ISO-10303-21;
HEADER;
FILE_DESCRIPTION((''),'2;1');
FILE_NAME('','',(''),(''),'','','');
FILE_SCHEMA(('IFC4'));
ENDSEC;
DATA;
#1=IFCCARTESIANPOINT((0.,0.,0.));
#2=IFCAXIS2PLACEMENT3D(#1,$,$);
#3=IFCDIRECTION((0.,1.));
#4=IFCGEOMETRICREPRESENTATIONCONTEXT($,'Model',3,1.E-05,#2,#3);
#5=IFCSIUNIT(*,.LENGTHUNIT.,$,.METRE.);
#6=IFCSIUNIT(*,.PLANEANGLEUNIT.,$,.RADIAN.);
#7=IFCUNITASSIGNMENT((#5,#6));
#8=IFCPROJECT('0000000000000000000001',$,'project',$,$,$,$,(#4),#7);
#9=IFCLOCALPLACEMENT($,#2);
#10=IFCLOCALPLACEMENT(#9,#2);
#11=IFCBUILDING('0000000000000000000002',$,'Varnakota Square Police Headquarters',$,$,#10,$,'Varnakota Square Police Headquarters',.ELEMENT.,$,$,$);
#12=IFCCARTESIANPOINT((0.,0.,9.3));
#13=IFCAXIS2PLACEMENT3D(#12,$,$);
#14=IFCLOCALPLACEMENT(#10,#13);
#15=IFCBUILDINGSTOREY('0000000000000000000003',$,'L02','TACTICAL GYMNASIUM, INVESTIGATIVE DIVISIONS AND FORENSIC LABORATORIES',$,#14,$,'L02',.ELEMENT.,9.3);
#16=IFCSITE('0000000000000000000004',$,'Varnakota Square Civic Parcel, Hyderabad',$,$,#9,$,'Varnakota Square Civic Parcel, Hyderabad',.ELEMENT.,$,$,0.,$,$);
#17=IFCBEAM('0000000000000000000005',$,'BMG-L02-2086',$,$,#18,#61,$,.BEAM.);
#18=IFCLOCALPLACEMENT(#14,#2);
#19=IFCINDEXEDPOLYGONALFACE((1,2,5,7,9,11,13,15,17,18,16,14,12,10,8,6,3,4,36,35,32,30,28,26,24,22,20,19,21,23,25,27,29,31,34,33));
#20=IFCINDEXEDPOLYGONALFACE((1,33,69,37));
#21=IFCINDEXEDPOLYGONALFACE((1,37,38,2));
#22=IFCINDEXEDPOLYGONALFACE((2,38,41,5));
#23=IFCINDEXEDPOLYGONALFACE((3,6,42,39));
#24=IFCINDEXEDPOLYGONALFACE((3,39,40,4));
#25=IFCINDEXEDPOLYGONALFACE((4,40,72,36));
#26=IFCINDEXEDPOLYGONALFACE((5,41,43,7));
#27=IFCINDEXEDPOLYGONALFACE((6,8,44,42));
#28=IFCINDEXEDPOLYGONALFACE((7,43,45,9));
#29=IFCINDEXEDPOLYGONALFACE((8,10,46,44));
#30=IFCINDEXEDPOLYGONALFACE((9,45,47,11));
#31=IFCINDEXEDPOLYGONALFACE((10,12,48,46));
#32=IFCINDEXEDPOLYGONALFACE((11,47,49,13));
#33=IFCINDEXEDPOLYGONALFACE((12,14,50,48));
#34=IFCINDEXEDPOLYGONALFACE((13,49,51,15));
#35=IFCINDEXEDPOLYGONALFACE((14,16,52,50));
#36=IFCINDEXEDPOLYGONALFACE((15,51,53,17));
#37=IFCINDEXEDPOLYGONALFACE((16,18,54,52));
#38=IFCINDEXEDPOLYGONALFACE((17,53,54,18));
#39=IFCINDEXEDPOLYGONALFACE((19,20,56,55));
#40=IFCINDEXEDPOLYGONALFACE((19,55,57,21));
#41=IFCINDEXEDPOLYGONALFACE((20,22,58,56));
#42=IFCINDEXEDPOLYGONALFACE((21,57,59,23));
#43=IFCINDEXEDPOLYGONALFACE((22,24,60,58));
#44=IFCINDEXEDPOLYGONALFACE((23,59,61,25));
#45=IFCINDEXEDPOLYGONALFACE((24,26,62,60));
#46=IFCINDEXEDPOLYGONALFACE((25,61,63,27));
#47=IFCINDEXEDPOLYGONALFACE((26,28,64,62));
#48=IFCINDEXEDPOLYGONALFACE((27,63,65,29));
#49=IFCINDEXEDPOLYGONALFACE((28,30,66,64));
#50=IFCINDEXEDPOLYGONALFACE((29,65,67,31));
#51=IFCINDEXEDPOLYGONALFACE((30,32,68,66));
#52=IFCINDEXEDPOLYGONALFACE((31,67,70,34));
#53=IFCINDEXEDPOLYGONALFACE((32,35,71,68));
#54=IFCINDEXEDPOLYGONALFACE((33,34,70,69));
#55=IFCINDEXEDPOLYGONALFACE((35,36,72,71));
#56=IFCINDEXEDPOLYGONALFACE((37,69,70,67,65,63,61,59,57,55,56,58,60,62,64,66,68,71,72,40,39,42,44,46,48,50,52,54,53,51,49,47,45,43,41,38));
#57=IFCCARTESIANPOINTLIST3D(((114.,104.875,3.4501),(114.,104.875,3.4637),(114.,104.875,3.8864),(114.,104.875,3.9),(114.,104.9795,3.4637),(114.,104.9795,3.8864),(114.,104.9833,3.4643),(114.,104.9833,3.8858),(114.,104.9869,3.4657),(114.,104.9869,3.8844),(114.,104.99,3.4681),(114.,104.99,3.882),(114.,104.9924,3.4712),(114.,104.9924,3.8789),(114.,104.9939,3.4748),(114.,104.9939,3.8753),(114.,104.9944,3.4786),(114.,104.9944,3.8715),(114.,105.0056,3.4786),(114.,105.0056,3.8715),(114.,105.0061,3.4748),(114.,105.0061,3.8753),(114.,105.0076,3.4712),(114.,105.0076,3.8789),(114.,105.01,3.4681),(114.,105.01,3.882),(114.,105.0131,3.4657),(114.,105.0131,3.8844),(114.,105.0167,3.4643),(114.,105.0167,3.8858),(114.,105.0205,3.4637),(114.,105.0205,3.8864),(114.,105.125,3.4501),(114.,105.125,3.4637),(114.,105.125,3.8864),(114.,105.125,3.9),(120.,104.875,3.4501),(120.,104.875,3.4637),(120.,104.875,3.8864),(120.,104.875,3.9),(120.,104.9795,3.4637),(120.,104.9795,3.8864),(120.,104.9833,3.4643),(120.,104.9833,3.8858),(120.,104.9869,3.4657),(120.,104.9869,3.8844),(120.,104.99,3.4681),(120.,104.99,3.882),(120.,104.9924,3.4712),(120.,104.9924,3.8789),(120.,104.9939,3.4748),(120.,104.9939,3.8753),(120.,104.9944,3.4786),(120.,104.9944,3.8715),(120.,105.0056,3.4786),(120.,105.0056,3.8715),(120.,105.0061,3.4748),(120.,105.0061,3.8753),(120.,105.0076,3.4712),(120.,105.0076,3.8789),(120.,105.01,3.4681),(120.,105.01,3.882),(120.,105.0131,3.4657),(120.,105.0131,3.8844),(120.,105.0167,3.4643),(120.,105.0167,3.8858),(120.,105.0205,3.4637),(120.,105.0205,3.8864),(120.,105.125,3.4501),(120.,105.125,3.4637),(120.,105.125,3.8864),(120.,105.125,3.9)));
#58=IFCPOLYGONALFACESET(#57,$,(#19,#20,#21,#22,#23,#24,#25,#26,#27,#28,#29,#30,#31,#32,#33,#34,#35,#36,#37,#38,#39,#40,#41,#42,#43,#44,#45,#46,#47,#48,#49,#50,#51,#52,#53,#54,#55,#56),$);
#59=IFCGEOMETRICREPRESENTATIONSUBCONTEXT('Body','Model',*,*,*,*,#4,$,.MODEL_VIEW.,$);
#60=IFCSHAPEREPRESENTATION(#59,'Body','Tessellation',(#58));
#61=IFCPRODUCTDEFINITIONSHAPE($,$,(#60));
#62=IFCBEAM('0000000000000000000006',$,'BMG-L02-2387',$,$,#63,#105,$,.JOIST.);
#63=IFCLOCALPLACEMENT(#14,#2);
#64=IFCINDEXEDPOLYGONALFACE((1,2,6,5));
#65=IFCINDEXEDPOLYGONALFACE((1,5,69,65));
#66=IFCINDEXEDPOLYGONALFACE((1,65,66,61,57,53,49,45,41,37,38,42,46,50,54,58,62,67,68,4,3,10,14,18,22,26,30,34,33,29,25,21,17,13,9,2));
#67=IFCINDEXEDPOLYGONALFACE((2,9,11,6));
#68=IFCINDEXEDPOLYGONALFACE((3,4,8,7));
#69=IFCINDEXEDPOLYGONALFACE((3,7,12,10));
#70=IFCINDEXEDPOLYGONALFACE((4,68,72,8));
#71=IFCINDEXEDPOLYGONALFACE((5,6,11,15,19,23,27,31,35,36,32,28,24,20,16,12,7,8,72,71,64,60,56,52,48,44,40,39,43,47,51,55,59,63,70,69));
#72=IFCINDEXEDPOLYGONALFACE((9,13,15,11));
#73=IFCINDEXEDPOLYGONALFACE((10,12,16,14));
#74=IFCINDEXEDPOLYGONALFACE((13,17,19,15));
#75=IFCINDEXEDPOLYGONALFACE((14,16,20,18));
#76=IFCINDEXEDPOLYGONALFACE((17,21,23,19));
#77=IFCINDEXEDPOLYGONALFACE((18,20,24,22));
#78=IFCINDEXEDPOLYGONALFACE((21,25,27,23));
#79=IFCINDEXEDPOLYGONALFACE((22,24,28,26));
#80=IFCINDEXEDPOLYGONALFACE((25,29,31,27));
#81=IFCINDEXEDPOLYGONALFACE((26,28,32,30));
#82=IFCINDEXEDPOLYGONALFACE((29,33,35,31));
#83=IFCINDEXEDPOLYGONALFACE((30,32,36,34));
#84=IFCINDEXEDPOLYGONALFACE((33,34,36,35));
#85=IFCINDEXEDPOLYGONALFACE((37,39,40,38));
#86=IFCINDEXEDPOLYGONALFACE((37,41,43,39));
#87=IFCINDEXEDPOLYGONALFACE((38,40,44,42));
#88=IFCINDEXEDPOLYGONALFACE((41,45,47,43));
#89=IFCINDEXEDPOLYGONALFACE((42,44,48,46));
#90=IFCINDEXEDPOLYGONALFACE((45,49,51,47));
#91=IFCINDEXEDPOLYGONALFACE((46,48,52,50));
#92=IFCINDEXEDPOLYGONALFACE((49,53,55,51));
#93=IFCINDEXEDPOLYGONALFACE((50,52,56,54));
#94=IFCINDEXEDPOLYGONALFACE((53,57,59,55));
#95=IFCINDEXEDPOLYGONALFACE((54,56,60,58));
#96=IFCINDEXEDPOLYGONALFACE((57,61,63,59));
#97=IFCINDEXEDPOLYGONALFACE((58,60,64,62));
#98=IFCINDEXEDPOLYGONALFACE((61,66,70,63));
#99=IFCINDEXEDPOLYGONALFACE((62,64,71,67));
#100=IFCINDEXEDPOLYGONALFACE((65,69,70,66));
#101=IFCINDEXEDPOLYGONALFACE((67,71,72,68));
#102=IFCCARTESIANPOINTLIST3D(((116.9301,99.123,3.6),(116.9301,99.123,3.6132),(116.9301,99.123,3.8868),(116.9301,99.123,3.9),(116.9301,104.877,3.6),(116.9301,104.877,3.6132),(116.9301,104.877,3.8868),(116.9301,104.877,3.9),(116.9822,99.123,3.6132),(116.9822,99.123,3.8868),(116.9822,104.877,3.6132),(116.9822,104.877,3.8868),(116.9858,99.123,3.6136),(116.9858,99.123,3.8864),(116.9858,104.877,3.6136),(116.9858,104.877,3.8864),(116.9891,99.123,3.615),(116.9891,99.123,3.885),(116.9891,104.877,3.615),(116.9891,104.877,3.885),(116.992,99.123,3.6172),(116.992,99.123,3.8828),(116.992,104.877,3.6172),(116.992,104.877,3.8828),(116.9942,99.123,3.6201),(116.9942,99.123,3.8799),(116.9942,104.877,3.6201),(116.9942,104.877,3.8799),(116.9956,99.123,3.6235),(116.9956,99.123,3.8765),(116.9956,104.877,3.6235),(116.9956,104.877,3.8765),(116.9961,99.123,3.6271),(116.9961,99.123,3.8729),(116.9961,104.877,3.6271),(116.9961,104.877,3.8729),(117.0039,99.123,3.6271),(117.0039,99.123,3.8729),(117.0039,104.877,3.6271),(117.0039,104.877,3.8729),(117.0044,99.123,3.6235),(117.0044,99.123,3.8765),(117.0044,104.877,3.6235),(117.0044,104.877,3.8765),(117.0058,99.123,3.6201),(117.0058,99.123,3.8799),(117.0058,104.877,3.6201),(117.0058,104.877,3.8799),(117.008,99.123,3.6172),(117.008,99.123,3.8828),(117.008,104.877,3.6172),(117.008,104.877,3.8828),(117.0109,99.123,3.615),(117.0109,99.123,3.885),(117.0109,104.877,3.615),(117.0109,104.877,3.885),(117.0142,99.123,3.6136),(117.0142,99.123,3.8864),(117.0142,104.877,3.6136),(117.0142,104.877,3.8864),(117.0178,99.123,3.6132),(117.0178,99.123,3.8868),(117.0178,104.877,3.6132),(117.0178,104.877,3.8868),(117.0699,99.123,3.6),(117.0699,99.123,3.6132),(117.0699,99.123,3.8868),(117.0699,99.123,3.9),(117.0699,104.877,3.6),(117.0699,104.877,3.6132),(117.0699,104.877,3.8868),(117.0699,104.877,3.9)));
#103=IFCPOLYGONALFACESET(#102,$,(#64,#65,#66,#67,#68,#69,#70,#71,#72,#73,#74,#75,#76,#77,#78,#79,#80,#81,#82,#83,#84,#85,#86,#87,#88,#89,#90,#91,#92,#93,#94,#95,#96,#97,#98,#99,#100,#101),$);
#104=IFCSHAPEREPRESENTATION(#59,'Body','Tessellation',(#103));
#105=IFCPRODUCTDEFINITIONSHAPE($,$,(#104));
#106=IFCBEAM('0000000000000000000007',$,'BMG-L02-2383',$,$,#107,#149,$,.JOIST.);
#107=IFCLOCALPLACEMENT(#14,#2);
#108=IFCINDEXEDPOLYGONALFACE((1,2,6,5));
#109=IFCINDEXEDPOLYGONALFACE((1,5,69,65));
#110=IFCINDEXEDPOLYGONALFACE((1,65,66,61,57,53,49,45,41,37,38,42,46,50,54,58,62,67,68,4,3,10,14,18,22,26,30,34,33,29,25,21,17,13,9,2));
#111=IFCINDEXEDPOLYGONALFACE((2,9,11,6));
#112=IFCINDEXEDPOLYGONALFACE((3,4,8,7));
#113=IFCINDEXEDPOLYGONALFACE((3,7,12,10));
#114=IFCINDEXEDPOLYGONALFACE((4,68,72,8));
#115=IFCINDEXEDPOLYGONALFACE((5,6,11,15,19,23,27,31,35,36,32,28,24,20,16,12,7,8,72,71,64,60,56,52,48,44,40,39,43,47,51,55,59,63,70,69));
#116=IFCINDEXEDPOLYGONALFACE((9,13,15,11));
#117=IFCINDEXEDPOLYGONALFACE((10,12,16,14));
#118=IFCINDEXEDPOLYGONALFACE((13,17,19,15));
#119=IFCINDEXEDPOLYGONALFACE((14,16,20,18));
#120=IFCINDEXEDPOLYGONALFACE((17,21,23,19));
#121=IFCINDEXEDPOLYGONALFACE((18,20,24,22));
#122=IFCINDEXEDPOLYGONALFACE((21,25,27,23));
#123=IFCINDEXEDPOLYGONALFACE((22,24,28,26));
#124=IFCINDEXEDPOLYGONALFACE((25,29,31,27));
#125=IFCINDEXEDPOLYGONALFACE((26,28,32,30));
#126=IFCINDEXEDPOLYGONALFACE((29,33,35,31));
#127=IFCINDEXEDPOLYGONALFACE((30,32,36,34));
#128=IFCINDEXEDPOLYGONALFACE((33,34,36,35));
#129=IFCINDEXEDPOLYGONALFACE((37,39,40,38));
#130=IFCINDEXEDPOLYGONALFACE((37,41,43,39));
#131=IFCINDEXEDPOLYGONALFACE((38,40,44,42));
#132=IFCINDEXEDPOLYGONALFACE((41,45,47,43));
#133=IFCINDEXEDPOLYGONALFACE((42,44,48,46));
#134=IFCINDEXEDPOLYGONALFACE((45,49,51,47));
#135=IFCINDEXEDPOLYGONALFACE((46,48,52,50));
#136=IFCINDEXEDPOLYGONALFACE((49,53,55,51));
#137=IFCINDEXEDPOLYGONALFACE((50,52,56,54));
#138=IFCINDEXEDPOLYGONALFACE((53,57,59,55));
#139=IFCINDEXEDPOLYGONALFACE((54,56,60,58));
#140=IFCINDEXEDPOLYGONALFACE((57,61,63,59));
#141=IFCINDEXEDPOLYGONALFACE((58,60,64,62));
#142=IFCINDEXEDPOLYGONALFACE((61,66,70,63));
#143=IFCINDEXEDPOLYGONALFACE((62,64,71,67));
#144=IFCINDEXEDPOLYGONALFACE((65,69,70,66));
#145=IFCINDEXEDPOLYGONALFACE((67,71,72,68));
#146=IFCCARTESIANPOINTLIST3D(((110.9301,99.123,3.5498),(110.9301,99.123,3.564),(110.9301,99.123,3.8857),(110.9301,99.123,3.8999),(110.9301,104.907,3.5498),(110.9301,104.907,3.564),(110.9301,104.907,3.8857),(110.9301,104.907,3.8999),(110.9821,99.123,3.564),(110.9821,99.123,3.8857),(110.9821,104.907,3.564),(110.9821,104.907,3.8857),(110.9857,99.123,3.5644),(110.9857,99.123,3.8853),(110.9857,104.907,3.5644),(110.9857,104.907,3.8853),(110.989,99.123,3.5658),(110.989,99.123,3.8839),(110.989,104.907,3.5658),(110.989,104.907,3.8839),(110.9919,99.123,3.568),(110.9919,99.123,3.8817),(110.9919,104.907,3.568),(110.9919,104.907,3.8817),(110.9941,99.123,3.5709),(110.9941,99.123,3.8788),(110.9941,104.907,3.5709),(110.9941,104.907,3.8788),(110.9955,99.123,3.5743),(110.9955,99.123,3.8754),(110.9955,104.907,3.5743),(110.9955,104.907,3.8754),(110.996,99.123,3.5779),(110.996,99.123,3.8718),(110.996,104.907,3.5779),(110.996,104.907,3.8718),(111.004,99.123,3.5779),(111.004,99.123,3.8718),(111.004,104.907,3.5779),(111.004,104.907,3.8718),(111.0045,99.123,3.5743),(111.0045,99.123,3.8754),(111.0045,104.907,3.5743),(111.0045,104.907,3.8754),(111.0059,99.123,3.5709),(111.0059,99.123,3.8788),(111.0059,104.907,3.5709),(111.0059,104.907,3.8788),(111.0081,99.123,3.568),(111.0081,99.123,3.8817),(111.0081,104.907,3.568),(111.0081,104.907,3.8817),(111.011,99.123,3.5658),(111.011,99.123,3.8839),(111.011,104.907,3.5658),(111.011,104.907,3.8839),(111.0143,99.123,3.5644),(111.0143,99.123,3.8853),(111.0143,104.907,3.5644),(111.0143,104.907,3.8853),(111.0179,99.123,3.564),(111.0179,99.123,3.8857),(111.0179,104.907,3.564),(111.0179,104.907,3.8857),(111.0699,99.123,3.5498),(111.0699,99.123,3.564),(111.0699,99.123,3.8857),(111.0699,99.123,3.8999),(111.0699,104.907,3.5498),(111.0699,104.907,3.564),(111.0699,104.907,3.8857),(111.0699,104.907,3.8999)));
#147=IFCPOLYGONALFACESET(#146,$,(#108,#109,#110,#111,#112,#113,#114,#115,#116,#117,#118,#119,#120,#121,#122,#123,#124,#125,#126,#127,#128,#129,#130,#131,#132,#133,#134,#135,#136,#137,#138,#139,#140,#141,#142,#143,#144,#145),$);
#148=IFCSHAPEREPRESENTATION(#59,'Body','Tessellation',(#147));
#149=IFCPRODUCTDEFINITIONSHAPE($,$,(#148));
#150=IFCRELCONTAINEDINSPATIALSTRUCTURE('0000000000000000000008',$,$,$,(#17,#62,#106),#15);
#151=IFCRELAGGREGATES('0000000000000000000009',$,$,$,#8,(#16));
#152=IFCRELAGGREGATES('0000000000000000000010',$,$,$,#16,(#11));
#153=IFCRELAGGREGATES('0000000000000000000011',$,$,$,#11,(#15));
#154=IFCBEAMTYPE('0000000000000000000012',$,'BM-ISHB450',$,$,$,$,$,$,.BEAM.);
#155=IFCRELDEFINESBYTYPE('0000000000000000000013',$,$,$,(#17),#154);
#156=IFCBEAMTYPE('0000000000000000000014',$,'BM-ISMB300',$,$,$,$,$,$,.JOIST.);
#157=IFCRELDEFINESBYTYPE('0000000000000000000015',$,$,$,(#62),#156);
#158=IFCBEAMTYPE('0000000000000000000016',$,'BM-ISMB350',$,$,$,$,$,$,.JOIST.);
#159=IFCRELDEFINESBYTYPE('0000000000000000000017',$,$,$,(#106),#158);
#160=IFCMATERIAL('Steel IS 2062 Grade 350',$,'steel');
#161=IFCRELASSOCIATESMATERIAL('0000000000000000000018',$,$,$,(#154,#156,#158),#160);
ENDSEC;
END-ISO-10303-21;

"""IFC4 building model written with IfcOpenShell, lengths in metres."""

from ifc_helpers import new_model, si_unit, direction, frame, origin, origin_2d, place, context, subcontext, project, spatial, i_section, extrude, material, material_profile, profile_set, type_object, element, save


model = new_model("IFC4")

# Units and contexts
model_context = context("Model", 3, precision=1e-05, world=origin(), true_north=direction((0.0, 1.0)))
body_context = subcontext(model_context, "Body", "Model", "MODEL_VIEW")
ifc_project = project(units=[si_unit("LENGTHUNIT", "METRE"), si_unit("PLANEANGLEUNIT", "RADIAN")], contexts=[model_context])

# Site, building, storey
site_placement = place(None, origin())
site = spatial("IfcSite", under=ifc_project, at=site_placement, Name="Varnakota Square Civic Parcel, Hyderabad", LongName="Varnakota Square Civic Parcel, Hyderabad", CompositionType="ELEMENT", RefElevation=0.0)
building_placement = place(site_placement, origin())
building = spatial("IfcBuilding", under=site, at=building_placement, Name="Varnakota Square Police Headquarters", LongName="Varnakota Square Police Headquarters", CompositionType="ELEMENT")
storey_placement = place(building_placement, frame((0.0, 0.0, 9.3)))
storey = spatial("IfcBuildingStorey", under=building, at=storey_placement, Name="L02", Description="TACTICAL GYMNASIUM, INVESTIGATIVE DIVISIONS AND FORENSIC LABORATORIES", LongName="L02", CompositionType="ELEMENT", Elevation=9.3)

# Shared definitions
ifc_material_1 = material(Name="Steel IS 2062 Grade 350", Category="steel")

# Beams
ifc_material_profile_1 = material_profile(ifc_material_1, i_section(OverallWidth=0.25, OverallDepth=0.45, WebThickness=0.0112, FlangeThickness=0.0137, FilletRadius=0.0149, at=origin_2d()), Name="ISHB 450")
ifc_profile_set_1 = profile_set([ifc_material_profile_1], Name="Steel IS 2062 Grade 350")
beam_type_1 = type_object("IfcBeamType", Name="BM-ISHB450", PredefinedType="BEAM", material=ifc_profile_set_1)
beam_1_placement = place(storey_placement, frame((114.0, 105.0, 3.675), z_axis=(1.0, 0.0, 0.0), x_axis=(0.0, 1.0, 0.0)))
element("IfcBeam", 1, at=beam_1_placement, inside=storey, type_object=beam_type_1, Name="BMG-L02-2086", PredefinedType="BEAM", context=body_context, shape_type="SweptSolid", body=[
    extrude(i_section(OverallWidth=0.25, OverallDepth=0.45, WebThickness=0.0112, FlangeThickness=0.0137, FilletRadius=0.0149, at=origin_2d()), origin(), (0.0, 0.0, 1.0), 6.0),
])
ifc_material_profile_2 = material_profile(ifc_material_1, i_section(OverallWidth=0.1399, OverallDepth=0.3, WebThickness=0.0078, FlangeThickness=0.0132, FilletRadius=0.0139, at=origin_2d()), Name="ISMB 300")
ifc_profile_set_2 = profile_set([ifc_material_profile_2], Name="Steel IS 2062 Grade 350")
beam_type_2 = type_object("IfcBeamType", Name="BM-ISMB300", PredefinedType="JOIST", material=ifc_profile_set_2)
beam_2_placement = place(storey_placement, frame((117.0, 99.123, 3.75), z_axis=(0.0, 1.0, 0.0), x_axis=(-1.0, 0.0, 0.0)))
element("IfcBeam", 2, at=beam_2_placement, inside=storey, type_object=beam_type_2, Name="BMG-L02-2387", PredefinedType="JOIST", context=body_context, shape_type="SweptSolid", body=[
    extrude(i_section(OverallWidth=0.1399, OverallDepth=0.3, WebThickness=0.0078, FlangeThickness=0.0132, FilletRadius=0.0139, at=origin_2d()), origin(), (0.0, 0.0, 1.0), 5.7539),
])
ifc_material_profile_3 = material_profile(ifc_material_1, i_section(OverallWidth=0.1399, OverallDepth=0.3501, WebThickness=0.0081, FlangeThickness=0.0142, FilletRadius=0.0139, at=origin_2d()), Name="ISMB 350")
ifc_profile_set_3 = profile_set([ifc_material_profile_3], Name="Steel IS 2062 Grade 350")
beam_type_3 = type_object("IfcBeamType", Name="BM-ISMB350", PredefinedType="JOIST", material=ifc_profile_set_3)
beam_3_placement = place(storey_placement, frame((111.0, 99.123, 3.7249), z_axis=(0.0, 1.0, 0.0), x_axis=(-1.0, 0.0, 0.0)))
element("IfcBeam", 3, at=beam_3_placement, inside=storey, type_object=beam_type_3, Name="BMG-L02-2383", PredefinedType="JOIST", context=body_context, shape_type="SweptSolid", body=[
    extrude(i_section(OverallWidth=0.1399, OverallDepth=0.3501, WebThickness=0.0081, FlangeThickness=0.0142, FilletRadius=0.0139, at=origin_2d()), origin(), (0.0, 0.0, 1.0), 5.7839),
])

save(model, "model.ifc")
